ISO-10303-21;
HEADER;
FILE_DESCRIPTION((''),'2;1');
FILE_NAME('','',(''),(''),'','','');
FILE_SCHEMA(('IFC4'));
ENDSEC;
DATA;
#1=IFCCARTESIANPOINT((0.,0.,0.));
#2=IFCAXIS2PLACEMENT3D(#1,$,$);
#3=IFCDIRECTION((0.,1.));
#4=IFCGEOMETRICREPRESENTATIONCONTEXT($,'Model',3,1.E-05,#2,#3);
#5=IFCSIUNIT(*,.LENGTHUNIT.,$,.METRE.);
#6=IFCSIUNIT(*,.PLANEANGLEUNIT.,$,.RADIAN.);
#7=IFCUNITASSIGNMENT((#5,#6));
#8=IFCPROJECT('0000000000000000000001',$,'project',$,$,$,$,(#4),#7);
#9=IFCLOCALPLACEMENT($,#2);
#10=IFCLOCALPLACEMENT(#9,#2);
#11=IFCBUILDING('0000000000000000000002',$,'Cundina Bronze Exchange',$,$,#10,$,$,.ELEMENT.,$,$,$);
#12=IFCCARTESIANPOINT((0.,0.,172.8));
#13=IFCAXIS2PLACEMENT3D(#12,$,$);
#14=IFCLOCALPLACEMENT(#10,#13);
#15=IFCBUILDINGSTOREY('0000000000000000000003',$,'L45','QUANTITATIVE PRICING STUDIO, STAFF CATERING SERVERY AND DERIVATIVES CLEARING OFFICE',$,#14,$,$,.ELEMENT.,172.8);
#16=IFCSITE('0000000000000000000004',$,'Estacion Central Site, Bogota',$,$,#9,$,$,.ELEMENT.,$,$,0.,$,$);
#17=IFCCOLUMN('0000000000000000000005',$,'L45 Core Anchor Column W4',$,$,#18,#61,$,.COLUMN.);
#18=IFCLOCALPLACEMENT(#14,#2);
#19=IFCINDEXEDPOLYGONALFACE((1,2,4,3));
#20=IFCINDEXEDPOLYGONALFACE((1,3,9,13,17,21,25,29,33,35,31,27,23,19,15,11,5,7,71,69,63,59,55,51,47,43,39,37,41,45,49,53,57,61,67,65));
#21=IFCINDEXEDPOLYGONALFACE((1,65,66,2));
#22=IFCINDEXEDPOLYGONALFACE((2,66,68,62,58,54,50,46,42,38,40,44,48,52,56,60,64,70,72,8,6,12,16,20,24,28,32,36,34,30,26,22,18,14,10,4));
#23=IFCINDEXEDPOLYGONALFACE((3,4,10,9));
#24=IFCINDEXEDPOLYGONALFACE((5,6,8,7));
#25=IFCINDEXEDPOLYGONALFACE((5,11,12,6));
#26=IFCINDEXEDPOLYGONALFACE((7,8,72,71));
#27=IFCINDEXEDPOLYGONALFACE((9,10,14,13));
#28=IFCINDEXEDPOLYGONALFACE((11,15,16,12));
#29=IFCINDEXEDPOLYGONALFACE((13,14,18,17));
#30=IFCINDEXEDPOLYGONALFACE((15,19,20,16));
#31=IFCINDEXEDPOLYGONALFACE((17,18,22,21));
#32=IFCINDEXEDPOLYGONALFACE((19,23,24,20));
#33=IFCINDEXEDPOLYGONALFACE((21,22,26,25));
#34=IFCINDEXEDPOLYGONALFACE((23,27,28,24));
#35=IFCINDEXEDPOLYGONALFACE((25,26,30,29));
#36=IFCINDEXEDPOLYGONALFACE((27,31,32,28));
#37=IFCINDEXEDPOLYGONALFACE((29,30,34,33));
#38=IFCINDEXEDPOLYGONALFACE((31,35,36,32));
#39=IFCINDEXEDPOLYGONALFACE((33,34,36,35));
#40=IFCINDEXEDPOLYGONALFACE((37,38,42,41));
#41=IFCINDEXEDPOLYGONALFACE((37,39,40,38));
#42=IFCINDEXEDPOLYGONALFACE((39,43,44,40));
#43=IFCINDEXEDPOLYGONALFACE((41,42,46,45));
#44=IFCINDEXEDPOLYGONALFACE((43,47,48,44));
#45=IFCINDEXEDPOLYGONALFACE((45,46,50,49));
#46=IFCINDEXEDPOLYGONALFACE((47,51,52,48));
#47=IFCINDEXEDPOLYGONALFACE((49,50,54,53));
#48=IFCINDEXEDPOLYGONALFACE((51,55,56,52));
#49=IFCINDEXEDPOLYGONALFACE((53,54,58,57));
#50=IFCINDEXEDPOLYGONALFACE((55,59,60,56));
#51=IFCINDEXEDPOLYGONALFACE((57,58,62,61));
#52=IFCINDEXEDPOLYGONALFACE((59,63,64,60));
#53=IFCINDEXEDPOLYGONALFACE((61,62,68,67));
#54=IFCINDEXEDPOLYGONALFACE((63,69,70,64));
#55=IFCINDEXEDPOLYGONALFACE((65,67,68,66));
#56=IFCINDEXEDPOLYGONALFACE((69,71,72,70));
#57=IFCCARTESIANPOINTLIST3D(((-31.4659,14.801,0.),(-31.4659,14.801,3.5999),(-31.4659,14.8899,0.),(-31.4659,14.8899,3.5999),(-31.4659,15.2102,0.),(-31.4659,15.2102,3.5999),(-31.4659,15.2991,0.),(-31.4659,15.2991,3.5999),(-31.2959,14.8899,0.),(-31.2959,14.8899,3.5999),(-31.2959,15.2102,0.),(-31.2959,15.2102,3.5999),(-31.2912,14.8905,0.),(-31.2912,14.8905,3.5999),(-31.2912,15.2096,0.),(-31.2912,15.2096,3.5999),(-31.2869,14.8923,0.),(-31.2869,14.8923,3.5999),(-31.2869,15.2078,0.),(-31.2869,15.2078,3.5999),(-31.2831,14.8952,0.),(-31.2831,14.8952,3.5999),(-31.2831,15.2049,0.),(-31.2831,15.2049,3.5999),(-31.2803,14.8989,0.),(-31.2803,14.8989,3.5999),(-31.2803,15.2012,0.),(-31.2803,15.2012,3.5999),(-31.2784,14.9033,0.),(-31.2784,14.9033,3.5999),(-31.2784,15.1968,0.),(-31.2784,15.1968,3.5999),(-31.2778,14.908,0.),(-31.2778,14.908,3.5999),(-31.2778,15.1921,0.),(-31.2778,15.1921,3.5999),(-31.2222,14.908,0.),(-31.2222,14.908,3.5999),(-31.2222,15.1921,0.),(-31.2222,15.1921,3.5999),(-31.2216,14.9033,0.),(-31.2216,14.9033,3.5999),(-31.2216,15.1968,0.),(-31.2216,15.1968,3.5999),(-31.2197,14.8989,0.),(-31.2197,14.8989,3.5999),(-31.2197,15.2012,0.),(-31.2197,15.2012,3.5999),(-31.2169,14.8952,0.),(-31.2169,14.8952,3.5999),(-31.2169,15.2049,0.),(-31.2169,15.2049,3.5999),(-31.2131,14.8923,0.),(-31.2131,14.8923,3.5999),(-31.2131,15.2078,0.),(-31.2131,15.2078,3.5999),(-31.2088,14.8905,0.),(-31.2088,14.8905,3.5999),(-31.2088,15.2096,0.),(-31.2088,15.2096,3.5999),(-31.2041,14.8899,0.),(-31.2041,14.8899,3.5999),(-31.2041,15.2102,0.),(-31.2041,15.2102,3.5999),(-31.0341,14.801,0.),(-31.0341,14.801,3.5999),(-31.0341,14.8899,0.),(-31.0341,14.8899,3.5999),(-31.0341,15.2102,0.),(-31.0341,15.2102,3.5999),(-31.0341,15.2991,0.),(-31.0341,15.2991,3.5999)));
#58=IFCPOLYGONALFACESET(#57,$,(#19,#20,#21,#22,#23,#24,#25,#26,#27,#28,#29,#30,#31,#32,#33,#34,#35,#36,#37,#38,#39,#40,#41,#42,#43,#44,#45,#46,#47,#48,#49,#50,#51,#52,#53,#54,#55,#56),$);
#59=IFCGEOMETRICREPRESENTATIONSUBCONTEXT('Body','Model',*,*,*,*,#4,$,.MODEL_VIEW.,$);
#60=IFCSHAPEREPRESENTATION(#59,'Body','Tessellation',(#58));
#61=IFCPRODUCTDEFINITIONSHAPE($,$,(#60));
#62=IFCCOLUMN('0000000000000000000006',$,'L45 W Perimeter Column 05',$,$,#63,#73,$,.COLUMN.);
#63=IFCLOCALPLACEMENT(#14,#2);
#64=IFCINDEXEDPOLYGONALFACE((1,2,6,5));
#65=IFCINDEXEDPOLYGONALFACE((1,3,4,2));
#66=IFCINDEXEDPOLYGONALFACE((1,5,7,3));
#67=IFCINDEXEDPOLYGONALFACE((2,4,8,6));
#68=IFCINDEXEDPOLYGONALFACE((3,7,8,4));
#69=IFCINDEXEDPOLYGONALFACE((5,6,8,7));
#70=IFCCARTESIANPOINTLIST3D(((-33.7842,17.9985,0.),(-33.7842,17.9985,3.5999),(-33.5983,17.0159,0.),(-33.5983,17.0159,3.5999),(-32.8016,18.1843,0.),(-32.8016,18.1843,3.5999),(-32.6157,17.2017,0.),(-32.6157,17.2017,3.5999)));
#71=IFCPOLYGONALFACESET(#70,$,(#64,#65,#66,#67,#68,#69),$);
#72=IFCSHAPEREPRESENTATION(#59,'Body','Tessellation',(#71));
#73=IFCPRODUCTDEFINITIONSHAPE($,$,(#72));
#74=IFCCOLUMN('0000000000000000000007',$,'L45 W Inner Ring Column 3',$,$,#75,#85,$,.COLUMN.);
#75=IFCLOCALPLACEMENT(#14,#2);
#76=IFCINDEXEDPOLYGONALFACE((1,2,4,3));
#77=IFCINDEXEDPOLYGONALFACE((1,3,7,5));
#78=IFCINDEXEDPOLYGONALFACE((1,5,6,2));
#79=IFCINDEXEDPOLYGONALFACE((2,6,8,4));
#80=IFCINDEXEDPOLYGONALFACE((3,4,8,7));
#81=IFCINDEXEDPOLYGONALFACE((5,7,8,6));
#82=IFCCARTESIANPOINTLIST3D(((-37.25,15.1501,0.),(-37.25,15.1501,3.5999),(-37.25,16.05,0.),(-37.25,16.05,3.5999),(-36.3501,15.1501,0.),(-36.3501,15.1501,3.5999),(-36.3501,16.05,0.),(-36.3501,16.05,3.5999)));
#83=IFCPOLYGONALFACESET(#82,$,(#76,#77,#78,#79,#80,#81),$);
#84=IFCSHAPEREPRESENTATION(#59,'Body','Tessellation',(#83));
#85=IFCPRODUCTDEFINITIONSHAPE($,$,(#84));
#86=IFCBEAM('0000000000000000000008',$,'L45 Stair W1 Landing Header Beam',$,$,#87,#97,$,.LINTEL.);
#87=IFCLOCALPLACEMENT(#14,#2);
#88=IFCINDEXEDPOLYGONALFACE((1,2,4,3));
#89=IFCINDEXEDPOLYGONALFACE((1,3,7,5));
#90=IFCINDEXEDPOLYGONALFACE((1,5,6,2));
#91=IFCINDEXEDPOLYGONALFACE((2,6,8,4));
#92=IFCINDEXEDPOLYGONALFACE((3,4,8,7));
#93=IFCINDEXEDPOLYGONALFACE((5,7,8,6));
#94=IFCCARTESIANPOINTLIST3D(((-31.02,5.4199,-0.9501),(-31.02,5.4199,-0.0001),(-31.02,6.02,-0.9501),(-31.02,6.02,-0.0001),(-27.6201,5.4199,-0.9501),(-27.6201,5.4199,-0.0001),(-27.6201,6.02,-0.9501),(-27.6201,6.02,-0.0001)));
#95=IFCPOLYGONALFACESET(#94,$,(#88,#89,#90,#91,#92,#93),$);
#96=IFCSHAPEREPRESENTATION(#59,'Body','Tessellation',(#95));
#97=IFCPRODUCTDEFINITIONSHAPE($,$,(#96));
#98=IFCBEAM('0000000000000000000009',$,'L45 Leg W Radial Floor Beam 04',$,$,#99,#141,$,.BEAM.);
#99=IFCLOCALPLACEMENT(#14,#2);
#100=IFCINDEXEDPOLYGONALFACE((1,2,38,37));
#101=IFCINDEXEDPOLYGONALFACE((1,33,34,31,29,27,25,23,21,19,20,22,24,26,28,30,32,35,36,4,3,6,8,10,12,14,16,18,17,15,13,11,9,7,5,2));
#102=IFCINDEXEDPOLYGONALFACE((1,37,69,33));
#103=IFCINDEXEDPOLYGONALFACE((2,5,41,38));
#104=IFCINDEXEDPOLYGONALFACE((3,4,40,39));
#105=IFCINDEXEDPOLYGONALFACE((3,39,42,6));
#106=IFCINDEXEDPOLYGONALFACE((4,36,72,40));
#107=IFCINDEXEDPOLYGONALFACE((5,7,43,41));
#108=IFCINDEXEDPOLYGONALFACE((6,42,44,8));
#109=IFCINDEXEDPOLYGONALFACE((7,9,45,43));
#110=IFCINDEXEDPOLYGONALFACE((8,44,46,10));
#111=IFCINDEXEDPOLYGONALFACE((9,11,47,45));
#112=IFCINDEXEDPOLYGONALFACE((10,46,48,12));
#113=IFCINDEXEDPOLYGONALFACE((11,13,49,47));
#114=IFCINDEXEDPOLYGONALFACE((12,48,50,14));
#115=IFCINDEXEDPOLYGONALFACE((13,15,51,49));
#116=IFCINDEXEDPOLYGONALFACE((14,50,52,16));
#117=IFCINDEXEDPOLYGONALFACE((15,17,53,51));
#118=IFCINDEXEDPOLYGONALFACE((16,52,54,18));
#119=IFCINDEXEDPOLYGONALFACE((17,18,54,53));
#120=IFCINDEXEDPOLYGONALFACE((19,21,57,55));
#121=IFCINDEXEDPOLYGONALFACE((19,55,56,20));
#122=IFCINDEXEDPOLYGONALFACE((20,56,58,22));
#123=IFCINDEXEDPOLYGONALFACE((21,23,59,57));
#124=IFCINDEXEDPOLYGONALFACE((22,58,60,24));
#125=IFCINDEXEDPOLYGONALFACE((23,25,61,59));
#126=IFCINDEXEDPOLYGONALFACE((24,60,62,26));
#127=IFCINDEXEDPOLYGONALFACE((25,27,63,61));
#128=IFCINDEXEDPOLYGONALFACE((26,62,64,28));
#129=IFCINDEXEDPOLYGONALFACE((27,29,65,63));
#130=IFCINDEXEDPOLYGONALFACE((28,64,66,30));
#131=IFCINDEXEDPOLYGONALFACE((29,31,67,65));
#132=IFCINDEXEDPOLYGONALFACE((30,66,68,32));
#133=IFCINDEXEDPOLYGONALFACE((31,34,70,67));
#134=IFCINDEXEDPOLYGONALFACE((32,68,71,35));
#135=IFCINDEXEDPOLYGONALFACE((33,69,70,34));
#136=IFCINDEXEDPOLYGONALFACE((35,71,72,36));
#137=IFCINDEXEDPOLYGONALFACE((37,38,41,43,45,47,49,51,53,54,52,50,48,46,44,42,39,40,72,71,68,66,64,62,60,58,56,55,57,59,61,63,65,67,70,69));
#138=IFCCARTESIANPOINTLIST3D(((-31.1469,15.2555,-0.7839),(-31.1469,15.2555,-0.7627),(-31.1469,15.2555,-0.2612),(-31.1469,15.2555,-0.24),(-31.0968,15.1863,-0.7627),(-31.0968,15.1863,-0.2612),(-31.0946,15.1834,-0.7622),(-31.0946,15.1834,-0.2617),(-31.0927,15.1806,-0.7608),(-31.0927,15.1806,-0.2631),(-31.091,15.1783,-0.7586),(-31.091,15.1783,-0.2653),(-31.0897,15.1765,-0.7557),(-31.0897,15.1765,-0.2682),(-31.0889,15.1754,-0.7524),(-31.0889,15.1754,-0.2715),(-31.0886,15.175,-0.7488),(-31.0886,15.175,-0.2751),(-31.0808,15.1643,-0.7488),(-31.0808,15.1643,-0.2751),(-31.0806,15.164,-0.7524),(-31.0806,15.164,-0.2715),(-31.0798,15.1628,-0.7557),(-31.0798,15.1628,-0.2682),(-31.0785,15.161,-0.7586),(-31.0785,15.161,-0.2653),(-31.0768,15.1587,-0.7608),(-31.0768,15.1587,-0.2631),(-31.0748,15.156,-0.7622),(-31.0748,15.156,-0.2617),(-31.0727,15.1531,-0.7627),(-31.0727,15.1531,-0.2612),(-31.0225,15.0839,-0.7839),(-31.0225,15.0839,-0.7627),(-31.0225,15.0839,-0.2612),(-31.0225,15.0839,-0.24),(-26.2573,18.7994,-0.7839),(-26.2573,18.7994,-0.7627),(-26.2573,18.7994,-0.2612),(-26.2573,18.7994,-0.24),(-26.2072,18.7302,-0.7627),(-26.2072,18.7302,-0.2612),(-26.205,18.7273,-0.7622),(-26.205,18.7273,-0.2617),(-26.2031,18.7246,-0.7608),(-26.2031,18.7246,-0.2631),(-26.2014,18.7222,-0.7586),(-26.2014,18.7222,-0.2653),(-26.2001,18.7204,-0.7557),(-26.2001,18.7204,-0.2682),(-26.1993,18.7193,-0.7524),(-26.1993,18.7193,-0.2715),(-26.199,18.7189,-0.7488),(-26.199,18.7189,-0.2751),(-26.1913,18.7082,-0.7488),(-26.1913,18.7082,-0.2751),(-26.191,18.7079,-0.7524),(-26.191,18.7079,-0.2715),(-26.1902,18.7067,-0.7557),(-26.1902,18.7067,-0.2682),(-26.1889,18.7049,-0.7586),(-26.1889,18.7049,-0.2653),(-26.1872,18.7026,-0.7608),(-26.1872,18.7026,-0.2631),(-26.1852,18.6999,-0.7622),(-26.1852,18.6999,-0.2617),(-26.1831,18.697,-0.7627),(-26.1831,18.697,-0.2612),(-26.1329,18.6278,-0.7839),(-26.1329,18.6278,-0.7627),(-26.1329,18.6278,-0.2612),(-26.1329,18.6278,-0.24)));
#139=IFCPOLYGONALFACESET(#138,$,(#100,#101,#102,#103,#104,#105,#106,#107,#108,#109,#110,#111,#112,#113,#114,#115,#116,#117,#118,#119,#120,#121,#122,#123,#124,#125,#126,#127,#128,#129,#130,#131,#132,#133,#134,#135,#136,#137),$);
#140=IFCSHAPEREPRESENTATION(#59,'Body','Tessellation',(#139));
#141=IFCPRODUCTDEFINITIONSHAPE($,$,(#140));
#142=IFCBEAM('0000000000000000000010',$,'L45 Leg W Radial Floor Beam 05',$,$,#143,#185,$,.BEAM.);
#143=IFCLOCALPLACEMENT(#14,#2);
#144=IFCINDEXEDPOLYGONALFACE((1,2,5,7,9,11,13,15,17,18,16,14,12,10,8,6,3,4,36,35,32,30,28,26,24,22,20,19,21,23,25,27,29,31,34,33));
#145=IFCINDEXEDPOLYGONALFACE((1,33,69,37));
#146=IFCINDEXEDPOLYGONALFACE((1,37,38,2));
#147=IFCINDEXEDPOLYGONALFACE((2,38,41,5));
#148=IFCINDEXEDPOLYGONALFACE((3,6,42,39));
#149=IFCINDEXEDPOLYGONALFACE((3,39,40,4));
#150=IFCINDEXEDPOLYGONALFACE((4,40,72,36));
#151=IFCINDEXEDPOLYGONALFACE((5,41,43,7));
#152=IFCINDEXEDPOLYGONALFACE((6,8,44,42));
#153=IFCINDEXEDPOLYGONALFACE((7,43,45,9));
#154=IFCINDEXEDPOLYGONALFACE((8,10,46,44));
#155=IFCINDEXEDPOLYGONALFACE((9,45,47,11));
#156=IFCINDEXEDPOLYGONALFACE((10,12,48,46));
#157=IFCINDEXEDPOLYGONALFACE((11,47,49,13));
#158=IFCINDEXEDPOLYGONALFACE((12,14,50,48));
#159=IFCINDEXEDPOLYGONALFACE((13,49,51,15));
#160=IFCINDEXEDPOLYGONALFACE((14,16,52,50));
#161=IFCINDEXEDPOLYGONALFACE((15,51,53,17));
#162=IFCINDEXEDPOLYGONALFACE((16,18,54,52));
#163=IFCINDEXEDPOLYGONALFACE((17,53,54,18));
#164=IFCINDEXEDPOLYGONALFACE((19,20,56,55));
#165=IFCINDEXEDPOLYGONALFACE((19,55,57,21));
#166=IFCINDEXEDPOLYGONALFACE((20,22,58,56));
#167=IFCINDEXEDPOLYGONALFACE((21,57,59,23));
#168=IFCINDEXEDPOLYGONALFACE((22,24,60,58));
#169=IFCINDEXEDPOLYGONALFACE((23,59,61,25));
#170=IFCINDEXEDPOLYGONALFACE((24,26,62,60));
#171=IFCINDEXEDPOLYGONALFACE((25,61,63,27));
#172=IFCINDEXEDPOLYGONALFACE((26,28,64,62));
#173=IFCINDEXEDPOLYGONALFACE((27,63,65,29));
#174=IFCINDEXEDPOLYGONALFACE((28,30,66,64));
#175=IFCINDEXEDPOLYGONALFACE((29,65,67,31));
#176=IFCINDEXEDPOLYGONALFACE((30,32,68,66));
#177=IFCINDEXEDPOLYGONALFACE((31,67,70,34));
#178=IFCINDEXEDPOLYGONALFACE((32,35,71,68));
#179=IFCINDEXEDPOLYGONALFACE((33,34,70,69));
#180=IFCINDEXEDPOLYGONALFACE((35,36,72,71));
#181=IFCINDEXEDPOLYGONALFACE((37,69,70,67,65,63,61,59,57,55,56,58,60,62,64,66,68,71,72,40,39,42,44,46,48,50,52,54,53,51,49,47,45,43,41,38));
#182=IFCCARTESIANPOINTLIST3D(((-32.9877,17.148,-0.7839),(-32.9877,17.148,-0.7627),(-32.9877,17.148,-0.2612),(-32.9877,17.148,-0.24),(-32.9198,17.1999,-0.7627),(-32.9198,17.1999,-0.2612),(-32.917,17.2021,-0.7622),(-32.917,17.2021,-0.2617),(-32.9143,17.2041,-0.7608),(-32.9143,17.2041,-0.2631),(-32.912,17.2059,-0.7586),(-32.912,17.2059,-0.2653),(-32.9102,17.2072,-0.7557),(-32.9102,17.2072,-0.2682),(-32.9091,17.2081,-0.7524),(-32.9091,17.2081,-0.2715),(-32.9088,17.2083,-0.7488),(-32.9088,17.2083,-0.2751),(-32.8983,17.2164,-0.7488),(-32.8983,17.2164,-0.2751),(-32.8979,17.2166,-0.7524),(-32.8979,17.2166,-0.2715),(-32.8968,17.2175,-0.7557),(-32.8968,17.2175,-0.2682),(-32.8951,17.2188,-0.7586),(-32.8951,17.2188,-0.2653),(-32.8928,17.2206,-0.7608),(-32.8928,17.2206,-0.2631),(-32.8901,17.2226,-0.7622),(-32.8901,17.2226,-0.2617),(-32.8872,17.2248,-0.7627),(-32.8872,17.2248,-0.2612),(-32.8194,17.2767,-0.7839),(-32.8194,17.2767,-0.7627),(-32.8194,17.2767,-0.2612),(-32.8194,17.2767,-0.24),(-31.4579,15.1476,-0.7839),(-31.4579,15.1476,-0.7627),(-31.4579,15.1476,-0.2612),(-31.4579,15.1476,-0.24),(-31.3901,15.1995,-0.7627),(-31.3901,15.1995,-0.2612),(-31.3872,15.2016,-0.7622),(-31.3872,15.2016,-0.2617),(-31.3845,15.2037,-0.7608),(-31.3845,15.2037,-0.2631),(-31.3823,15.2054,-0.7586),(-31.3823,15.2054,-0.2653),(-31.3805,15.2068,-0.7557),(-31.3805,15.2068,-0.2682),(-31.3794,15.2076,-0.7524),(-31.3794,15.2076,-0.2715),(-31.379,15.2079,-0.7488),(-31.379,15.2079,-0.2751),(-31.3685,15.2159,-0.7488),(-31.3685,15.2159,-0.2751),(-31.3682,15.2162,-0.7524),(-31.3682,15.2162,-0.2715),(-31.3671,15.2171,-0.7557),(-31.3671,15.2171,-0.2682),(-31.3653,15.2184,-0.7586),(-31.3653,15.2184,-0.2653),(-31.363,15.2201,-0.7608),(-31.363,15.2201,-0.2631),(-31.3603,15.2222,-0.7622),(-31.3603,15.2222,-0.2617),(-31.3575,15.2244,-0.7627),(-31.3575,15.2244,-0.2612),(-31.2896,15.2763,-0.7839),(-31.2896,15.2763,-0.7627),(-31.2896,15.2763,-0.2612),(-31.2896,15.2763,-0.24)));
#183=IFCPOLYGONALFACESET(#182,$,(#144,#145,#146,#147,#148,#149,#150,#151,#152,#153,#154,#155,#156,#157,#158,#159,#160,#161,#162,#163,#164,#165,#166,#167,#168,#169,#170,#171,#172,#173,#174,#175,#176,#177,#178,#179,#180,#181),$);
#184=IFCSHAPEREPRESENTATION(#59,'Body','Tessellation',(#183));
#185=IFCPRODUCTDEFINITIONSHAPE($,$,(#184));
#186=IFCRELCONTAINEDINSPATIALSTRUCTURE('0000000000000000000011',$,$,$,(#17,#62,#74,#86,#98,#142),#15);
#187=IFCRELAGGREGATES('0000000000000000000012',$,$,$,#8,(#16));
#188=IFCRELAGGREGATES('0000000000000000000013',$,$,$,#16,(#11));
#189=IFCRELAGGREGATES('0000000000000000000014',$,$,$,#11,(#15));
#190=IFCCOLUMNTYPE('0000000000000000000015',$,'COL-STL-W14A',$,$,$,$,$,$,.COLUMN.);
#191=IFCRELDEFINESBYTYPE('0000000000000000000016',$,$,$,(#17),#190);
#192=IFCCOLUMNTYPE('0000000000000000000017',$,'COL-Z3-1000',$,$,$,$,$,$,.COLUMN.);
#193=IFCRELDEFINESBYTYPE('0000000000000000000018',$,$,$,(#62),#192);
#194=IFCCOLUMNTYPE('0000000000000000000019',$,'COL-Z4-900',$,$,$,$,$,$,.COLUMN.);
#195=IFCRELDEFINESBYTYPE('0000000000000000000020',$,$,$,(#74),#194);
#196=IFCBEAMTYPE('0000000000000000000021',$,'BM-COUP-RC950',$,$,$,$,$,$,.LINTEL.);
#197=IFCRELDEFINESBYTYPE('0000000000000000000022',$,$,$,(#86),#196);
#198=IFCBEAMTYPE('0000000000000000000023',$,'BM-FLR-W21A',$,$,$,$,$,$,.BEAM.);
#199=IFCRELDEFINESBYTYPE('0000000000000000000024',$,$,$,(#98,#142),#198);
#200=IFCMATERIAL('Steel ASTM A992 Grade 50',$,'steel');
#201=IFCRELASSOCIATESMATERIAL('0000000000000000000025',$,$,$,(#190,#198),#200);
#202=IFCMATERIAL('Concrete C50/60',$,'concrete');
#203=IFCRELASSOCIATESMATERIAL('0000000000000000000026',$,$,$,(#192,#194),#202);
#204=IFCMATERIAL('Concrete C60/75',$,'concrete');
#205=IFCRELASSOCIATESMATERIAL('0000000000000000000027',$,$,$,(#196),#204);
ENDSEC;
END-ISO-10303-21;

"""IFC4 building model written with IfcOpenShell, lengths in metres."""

from ifc_helpers import new_model, si_unit, direction, frame, origin, origin_2d, place, context, subcontext, project, spatial, rectangle, i_section, extrude, material, material_profile, profile_set, type_object, element, save


model = new_model("IFC4")

# Units and contexts
model_context = context("Model", 3, precision=1e-05, world=origin(), true_north=direction((0.0, 1.0)))
body_context = subcontext(model_context, "Body", "Model", "MODEL_VIEW")
ifc_project = project(units=[si_unit("LENGTHUNIT", "METRE"), si_unit("PLANEANGLEUNIT", "RADIAN")], contexts=[model_context])

# Site, building, storey
site_placement = place(None, origin())
site = spatial("IfcSite", under=ifc_project, at=site_placement, Name="Estacion Central Site, Bogota", CompositionType="ELEMENT", RefElevation=0.0)
building_placement = place(site_placement, origin())
building = spatial("IfcBuilding", under=site, at=building_placement, Name="Cundina Bronze Exchange", CompositionType="ELEMENT")
storey_placement = place(building_placement, frame((0.0, 0.0, 172.8)))
storey = spatial("IfcBuildingStorey", under=building, at=storey_placement, Name="L45", Description="QUANTITATIVE PRICING STUDIO, STAFF CATERING SERVERY AND DERIVATIVES CLEARING OFFICE", CompositionType="ELEMENT", Elevation=172.8)

# Columns
ifc_material_1 = material(Name="Steel ASTM A992 Grade 50", Category="steel")
ifc_material_profile_1 = material_profile(ifc_material_1, i_section(OverallWidth=0.4319, OverallDepth=0.498, WebThickness=0.0557, FlangeThickness=0.0889, FilletRadius=0.0181, at=origin_2d()), Name="W14X500", Category="steel")
ifc_profile_set_1 = profile_set([ifc_material_profile_1], Name="Steel ASTM A992 Grade 50")
column_type_1 = type_object("IfcColumnType", Name="COL-STL-W14A", PredefinedType="COLUMN", material=ifc_profile_set_1)
column_1_placement = place(storey_placement, frame((-31.25, 15.05, 0.0), z_axis=(0.0, 0.0, 1.0), x_axis=(1.0, 0.0, 0.0)))
element("IfcColumn", 1, at=column_1_placement, inside=storey, type_object=column_type_1, Name="L45 Core Anchor Column W4", PredefinedType="COLUMN", context=body_context, shape_type="SweptSolid", body=[
    extrude(i_section(OverallWidth=0.4319, OverallDepth=0.498, WebThickness=0.0557, FlangeThickness=0.0889, FilletRadius=0.0181, at=origin_2d()), origin(), (0.0, 0.0, 1.0), 3.5999),
])
ifc_material_2 = material(Name="Concrete C50/60", Category="concrete")
ifc_material_profile_2 = material_profile(ifc_material_2, rectangle(XDim=1.0, YDim=1.0, at=origin_2d()), Name="RC1000X1000", Category="concrete")
ifc_profile_set_2 = profile_set([ifc_material_profile_2], Name="Concrete C50/60")
column_type_2 = type_object("IfcColumnType", Name="COL-Z3-1000", PredefinedType="COLUMN", material=ifc_profile_set_2)
column_2_placement = place(storey_placement, frame((-33.2, 17.6001, 0.0), z_axis=(0.0, 0.0, 1.0), x_axis=(-0.98258, -0.185838, 0.0)))
element("IfcColumn", 2, at=column_2_placement, inside=storey, type_object=column_type_2, Name="L45 W Perimeter Column 05", PredefinedType="COLUMN", context=body_context, shape_type="SweptSolid", body=[
    extrude(rectangle(XDim=1.0, YDim=1.0, at=origin_2d()), origin(), (0.0, 0.0, 1.0), 3.5999),
])
ifc_material_profile_3 = material_profile(ifc_material_2, rectangle(XDim=0.8999, YDim=0.8999, at=origin_2d()), Name="RC900X900", Category="concrete")
ifc_profile_set_3 = profile_set([ifc_material_profile_3], Name="Concrete C50/60")
column_type_3 = type_object("IfcColumnType", Name="COL-Z4-900", PredefinedType="COLUMN", material=ifc_profile_set_3)
column_3_placement = place(storey_placement, frame((-36.8, 15.6001, 0.0), z_axis=(0.0, 0.0, 1.0), x_axis=(1.0, 0.0, 0.0)))
element("IfcColumn", 3, at=column_3_placement, inside=storey, type_object=column_type_3, Name="L45 W Inner Ring Column 3", PredefinedType="COLUMN", context=body_context, shape_type="SweptSolid", body=[
    extrude(rectangle(XDim=0.8999, YDim=0.8999, at=origin_2d()), origin(), (0.0, 0.0, 1.0), 3.5999),
])

# Beams
ifc_material_3 = material(Name="Concrete C60/75", Category="concrete")
ifc_material_profile_4 = material_profile(ifc_material_3, rectangle(XDim=0.6001, YDim=0.95, at=origin_2d()), Name="RC600X950", Category="concrete")
ifc_profile_set_4 = profile_set([ifc_material_profile_4], Name="Concrete C60/75")
beam_type_1 = type_object("IfcBeamType", Name="BM-COUP-RC950", PredefinedType="LINTEL", material=ifc_profile_set_4)
beam_1_placement = place(storey_placement, frame((-31.02, 5.72, -0.4751), z_axis=(1.0, 0.0, 0.0), x_axis=(0.0, 1.0, 0.0)))
element("IfcBeam", 4, at=beam_1_placement, inside=storey, type_object=beam_type_1, Name="L45 Stair W1 Landing Header Beam", PredefinedType="LINTEL", context=body_context, shape_type="SweptSolid", body=[
    extrude(rectangle(XDim=0.6001, YDim=0.95, at=origin_2d()), origin(), (0.0, 0.0, 1.0), 3.3999),
])
ifc_material_profile_5 = material_profile(ifc_material_1, i_section(OverallWidth=0.2119, OverallDepth=0.5439, WebThickness=0.0132, FlangeThickness=0.0212, FilletRadius=0.0139, at=origin_2d()), Name="W21X83", Category="steel")
ifc_profile_set_5 = profile_set([ifc_material_profile_5], Name="Steel ASTM A992 Grade 50")
beam_type_2 = type_object("IfcBeamType", Name="BM-FLR-W21A", PredefinedType="BEAM", material=ifc_profile_set_5)
beam_2_placement = place(storey_placement, frame((-31.0847, 15.1697, -0.512), z_axis=(0.809693, 0.586854, 0.0), x_axis=(-0.586854, 0.809693, 0.0)))
element("IfcBeam", 5, at=beam_2_placement, inside=storey, type_object=beam_type_2, Name="L45 Leg W Radial Floor Beam 04", PredefinedType="BEAM", context=body_context, shape_type="SweptSolid", body=[
    extrude(i_section(OverallWidth=0.2119, OverallDepth=0.5439, WebThickness=0.0132, FlangeThickness=0.0212, FilletRadius=0.0139, at=origin_2d()), origin(), (0.0, 0.0, 1.0), 6.0388),
])
beam_3_placement = place(storey_placement, frame((-31.3738, 15.2119, -0.512), z_axis=(-0.60745, 0.794358, 0.0), x_axis=(-0.794358, -0.60745, 0.0)))
element("IfcBeam", 6, at=beam_3_placement, inside=storey, type_object=beam_type_2, Name="L45 Leg W Radial Floor Beam 05", PredefinedType="BEAM", context=body_context, shape_type="SweptSolid", body=[
    extrude(i_section(OverallWidth=0.2119, OverallDepth=0.5439, WebThickness=0.0132, FlangeThickness=0.0212, FilletRadius=0.0139, at=origin_2d()), origin(), (0.0, 0.0, 1.0), 2.5183),
])

save(model, "model.ifc")
